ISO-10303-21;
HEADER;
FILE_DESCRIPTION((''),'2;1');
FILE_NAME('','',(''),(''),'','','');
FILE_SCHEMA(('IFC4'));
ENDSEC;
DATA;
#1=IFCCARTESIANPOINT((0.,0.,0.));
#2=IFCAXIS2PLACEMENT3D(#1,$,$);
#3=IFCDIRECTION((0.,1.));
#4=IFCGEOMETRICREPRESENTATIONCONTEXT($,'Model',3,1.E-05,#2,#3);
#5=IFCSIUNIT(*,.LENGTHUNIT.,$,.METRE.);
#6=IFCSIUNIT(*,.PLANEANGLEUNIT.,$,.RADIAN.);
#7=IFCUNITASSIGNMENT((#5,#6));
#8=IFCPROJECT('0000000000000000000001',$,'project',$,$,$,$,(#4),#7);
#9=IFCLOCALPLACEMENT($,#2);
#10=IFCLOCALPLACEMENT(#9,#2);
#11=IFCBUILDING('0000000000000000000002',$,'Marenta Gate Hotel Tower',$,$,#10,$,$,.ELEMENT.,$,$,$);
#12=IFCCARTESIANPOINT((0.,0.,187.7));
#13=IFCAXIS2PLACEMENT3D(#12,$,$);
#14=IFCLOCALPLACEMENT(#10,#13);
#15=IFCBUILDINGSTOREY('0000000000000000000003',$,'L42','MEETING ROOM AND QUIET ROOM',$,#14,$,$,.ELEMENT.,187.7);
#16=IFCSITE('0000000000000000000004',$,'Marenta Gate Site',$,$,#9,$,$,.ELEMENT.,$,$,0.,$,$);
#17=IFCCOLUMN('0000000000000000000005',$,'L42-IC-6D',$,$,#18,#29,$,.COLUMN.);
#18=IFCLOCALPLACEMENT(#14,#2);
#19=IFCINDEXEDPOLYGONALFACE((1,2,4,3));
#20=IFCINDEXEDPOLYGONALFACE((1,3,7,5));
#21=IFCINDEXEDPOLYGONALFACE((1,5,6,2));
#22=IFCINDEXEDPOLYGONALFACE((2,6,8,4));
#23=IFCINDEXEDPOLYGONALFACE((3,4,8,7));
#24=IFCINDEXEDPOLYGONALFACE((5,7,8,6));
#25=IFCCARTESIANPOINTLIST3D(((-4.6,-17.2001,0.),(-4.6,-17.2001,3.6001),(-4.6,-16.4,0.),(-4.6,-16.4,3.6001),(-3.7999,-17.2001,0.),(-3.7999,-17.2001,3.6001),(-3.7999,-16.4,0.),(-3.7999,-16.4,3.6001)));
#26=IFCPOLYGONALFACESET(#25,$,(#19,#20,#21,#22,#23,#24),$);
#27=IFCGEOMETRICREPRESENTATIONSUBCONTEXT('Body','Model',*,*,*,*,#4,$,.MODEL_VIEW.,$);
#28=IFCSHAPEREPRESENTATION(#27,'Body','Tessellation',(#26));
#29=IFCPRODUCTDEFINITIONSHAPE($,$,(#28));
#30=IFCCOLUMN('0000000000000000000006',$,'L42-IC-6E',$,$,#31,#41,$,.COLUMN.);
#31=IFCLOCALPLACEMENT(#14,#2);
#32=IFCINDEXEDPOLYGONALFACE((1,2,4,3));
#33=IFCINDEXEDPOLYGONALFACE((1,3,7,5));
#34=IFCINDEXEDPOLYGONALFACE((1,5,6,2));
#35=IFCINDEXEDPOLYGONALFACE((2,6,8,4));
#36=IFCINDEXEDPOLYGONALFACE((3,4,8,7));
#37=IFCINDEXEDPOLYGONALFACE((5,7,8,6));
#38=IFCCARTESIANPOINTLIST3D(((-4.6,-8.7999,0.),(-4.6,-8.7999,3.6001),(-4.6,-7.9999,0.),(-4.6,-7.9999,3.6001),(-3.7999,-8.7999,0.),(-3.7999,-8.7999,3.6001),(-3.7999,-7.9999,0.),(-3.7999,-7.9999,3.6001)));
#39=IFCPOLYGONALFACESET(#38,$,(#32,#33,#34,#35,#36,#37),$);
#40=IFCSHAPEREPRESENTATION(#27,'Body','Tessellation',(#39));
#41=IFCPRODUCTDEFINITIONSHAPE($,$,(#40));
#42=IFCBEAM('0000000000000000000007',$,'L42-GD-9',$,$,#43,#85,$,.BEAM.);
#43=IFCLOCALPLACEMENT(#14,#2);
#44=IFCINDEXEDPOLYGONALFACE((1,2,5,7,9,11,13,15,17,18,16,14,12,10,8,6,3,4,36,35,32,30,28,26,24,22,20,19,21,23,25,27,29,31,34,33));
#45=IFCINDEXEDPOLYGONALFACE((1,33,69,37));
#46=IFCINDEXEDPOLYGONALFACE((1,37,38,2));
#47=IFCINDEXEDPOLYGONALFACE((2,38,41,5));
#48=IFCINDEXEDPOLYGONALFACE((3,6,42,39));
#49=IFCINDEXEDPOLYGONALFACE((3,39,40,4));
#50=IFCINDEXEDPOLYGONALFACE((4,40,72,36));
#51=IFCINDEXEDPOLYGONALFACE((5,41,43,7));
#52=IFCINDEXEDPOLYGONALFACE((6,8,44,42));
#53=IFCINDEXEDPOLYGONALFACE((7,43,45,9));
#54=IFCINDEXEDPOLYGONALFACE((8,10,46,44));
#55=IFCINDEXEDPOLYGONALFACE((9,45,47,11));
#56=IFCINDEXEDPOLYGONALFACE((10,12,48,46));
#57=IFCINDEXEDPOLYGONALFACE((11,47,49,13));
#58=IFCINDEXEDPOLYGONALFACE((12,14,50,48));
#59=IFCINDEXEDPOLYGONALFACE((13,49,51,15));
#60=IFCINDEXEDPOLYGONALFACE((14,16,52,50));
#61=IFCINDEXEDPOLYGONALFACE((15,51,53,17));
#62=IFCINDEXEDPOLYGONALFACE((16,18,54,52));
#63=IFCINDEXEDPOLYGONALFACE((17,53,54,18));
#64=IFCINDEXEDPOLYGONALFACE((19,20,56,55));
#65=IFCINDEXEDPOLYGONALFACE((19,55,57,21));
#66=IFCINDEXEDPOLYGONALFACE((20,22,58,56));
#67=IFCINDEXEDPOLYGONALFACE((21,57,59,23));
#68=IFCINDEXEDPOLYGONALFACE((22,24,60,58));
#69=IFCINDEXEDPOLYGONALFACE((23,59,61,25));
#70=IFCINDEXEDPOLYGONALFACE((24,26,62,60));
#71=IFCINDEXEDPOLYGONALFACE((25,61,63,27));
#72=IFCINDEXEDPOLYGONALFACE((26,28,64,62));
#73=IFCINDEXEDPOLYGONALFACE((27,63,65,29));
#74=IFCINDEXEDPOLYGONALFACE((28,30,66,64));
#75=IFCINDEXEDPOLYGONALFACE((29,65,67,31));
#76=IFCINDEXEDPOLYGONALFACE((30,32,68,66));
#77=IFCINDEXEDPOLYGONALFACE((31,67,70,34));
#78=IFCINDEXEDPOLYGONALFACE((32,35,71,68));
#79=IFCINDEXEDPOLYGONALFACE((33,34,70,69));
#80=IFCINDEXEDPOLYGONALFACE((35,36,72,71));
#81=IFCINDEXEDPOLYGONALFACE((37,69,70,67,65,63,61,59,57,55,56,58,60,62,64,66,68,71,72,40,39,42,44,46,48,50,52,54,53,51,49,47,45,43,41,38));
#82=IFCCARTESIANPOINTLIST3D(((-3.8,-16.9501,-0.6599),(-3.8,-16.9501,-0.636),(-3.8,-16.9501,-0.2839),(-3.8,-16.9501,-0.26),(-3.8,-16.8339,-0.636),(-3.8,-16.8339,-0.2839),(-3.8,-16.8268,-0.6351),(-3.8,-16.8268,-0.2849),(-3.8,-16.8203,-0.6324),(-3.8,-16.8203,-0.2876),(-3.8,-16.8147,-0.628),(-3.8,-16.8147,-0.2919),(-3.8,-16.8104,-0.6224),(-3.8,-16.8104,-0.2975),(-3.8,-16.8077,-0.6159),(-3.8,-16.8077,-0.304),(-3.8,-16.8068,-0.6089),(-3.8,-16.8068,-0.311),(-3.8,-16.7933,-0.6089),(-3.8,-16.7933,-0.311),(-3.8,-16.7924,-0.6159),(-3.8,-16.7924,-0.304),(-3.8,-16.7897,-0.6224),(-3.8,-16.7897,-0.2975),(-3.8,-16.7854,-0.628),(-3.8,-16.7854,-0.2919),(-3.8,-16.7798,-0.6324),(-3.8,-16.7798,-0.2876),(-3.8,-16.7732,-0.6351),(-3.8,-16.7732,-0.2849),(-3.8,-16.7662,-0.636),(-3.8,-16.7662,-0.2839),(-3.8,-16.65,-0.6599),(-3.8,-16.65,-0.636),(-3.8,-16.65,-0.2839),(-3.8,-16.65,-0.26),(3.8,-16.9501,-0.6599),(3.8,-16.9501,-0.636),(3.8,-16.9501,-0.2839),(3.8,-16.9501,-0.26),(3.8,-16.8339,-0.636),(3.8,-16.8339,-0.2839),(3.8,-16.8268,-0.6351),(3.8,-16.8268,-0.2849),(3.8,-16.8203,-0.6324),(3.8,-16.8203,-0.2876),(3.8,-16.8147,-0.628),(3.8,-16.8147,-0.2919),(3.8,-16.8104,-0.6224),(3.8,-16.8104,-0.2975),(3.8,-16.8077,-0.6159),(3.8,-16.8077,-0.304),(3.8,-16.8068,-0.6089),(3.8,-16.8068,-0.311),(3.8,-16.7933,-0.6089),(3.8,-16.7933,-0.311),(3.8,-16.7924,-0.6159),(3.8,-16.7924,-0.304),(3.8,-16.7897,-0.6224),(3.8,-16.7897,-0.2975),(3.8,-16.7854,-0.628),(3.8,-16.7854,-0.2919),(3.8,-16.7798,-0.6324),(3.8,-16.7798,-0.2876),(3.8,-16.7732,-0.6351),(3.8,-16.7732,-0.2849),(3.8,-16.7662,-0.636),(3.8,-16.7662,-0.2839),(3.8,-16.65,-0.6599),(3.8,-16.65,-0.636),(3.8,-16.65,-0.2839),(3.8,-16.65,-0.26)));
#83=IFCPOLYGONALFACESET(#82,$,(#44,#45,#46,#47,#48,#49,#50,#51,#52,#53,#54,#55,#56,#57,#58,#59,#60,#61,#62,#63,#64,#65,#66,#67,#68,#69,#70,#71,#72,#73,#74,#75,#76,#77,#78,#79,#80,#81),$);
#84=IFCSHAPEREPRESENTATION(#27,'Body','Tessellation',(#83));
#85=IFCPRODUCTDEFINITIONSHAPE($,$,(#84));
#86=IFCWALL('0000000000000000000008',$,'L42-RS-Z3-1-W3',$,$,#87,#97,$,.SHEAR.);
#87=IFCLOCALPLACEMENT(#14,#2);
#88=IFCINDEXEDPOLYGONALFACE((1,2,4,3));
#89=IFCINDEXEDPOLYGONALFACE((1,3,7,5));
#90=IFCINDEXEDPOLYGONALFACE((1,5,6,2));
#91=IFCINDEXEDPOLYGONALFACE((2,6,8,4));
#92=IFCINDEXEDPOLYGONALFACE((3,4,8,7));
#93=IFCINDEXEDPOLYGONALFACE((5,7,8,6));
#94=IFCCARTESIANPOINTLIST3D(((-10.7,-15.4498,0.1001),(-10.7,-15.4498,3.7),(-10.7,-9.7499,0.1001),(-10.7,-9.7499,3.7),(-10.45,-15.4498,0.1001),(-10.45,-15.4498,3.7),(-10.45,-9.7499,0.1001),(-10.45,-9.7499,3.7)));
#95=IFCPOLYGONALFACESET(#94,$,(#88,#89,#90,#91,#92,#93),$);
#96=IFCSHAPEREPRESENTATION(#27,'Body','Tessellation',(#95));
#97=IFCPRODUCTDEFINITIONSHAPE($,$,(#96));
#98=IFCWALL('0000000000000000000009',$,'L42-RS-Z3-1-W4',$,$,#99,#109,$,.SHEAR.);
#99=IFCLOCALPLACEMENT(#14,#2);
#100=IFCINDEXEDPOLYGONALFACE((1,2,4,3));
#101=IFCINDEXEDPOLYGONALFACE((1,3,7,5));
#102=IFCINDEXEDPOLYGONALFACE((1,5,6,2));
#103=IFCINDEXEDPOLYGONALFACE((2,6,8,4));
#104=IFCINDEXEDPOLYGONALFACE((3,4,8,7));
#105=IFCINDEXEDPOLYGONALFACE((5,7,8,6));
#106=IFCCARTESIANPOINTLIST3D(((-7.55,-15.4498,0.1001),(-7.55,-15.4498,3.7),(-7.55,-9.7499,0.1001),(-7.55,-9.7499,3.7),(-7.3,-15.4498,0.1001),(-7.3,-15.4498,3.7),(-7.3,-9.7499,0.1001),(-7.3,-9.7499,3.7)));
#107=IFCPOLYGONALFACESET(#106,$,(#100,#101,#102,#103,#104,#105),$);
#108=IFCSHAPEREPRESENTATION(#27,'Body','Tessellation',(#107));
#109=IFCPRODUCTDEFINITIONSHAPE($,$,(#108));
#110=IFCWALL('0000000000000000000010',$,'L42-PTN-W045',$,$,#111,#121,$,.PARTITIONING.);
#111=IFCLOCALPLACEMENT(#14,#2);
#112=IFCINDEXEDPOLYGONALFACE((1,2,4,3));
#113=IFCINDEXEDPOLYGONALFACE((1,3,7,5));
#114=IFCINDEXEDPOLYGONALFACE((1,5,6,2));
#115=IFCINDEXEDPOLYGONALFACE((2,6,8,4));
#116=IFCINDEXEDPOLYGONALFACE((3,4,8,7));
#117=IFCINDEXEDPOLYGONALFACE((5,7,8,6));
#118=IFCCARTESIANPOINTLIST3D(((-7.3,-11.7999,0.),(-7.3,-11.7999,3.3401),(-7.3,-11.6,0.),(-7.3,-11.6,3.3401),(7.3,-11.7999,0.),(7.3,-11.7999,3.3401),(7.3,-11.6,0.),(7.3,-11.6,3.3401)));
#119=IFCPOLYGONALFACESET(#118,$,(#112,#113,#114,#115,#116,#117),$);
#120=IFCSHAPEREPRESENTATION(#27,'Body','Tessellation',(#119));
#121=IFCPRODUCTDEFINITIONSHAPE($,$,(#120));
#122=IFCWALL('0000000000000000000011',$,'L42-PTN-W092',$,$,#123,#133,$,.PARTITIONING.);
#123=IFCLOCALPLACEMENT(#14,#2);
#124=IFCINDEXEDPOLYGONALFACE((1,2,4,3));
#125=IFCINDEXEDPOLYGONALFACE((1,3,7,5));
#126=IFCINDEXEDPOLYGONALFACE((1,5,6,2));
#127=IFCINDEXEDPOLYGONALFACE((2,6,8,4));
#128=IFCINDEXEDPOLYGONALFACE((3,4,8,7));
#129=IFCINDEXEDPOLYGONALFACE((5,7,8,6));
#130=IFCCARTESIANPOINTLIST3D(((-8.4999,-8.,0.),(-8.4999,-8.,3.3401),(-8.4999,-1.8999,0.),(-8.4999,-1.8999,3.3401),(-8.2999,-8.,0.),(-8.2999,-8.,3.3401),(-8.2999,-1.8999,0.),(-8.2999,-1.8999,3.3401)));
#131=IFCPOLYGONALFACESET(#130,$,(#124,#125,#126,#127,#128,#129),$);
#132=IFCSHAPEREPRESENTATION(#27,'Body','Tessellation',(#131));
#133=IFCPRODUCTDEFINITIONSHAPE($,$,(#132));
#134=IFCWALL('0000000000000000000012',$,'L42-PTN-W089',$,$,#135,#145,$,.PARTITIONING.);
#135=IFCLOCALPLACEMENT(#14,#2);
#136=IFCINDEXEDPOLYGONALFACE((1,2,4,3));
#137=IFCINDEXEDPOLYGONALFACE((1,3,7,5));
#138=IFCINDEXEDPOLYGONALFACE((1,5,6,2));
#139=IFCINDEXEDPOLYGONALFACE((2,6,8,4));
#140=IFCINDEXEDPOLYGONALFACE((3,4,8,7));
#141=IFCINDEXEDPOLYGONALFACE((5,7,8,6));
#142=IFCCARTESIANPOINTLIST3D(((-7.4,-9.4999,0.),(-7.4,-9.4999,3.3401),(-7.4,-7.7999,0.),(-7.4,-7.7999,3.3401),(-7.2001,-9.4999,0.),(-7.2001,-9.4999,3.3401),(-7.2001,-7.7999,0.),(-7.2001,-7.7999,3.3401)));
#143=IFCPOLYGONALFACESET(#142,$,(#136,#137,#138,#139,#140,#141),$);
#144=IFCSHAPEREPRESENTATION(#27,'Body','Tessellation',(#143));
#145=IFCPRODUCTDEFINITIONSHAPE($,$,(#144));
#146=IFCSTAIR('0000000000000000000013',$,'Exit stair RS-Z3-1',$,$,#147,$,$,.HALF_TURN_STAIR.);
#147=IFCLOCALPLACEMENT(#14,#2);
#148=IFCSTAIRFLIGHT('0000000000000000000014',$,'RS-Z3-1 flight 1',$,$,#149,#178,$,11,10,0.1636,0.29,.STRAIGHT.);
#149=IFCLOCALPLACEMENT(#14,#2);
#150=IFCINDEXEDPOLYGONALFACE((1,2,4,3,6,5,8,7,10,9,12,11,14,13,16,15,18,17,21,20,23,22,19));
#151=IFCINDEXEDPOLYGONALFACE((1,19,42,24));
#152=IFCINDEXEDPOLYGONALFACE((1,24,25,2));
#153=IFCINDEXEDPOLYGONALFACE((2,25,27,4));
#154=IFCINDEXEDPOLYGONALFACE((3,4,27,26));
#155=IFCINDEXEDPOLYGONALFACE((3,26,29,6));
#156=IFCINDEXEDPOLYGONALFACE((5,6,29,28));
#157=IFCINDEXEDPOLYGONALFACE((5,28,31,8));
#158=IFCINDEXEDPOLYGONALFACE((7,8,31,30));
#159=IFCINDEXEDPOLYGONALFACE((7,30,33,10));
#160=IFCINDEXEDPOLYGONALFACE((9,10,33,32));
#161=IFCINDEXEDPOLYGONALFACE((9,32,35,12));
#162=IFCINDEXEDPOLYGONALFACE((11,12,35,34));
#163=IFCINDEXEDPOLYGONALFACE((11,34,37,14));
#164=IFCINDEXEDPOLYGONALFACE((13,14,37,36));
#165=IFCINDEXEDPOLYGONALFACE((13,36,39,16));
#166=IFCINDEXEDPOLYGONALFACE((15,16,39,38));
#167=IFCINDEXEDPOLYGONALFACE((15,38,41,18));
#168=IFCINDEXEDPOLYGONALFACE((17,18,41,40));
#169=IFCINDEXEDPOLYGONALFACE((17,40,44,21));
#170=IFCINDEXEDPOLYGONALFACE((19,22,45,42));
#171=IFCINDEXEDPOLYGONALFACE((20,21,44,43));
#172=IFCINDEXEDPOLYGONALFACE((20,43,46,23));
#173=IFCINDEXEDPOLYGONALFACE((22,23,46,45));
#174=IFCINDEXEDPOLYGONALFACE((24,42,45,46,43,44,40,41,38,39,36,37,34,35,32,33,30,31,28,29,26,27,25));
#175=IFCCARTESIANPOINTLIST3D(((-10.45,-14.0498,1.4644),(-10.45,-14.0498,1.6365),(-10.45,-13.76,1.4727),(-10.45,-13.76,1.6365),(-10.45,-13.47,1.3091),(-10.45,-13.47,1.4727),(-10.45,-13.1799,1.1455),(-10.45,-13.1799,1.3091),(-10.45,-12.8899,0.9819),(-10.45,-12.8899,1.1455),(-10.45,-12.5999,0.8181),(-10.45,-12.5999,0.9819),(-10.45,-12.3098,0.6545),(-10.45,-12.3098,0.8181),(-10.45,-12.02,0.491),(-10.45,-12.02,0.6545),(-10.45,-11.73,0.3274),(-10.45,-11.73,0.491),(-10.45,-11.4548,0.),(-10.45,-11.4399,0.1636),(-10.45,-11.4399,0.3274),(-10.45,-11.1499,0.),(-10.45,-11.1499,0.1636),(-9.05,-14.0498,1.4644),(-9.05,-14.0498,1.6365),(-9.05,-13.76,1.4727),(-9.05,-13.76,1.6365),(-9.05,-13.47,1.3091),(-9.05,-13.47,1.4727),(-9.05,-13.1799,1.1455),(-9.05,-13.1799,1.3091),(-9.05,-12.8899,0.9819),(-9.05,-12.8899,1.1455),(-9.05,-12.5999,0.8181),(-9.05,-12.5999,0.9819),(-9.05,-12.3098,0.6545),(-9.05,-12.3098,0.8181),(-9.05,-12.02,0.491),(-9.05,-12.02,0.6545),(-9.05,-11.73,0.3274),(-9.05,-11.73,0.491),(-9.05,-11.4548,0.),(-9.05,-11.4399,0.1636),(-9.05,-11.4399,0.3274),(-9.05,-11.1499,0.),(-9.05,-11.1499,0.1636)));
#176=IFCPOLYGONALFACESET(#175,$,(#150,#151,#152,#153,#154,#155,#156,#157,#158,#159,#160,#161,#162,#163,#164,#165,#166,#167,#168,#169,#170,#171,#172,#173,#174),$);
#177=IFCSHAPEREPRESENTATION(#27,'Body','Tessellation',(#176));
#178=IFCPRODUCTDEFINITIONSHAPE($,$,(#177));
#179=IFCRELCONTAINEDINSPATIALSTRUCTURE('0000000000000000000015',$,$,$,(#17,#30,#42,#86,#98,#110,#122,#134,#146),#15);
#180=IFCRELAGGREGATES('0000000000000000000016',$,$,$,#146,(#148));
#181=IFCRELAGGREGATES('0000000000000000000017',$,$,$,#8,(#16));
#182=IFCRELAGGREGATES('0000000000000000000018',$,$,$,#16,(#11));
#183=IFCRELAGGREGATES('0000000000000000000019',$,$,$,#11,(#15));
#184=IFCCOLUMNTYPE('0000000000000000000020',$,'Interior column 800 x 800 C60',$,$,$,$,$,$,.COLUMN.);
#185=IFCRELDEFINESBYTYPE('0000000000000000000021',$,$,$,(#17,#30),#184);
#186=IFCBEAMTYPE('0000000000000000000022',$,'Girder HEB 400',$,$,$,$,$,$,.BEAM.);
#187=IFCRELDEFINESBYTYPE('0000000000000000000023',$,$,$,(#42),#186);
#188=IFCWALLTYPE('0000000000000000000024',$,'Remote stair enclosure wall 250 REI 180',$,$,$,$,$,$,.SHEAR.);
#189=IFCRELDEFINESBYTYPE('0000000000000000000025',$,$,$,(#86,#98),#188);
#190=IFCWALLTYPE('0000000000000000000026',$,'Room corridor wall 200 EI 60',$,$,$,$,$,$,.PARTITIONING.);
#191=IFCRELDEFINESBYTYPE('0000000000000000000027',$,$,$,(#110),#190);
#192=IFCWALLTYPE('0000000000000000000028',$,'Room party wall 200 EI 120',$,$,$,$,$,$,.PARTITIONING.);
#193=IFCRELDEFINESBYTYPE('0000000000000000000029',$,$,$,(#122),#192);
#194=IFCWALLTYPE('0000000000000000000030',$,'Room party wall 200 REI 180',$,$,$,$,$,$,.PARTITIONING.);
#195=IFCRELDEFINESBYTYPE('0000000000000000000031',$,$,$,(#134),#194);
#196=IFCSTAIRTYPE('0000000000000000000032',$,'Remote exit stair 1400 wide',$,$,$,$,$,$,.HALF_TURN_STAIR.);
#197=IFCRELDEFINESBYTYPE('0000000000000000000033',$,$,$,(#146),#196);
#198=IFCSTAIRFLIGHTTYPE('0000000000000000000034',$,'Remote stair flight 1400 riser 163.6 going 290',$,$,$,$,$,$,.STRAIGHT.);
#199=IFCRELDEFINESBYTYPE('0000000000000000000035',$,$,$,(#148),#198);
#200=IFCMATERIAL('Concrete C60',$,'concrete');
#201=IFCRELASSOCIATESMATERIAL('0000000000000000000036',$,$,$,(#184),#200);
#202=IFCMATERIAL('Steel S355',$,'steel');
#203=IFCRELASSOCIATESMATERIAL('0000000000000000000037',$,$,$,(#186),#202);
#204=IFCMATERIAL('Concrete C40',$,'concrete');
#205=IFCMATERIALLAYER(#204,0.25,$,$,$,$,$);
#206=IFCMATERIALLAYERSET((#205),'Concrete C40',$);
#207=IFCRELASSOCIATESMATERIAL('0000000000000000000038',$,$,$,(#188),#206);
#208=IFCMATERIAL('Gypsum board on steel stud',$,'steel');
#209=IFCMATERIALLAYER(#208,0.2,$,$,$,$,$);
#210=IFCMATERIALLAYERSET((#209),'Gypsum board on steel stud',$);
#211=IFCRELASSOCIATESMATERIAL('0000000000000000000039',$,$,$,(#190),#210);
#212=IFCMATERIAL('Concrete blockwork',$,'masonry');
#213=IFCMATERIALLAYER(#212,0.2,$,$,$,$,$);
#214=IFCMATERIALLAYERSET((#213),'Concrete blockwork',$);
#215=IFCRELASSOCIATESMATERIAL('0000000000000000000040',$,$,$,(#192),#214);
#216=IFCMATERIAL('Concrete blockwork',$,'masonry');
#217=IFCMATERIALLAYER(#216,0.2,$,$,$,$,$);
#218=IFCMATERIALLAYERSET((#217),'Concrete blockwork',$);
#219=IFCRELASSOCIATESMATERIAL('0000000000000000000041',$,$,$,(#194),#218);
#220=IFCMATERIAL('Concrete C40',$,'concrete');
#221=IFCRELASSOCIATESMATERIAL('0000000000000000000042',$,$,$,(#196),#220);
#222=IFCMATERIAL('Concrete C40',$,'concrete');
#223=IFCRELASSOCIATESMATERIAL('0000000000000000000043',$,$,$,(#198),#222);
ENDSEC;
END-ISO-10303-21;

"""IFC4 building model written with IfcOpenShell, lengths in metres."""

from ifc_helpers import new_model, si_unit, direction, frame, frame_2d, origin, origin_2d, place, context, subcontext, project, spatial, polyline, rectangle, i_section, outline, extrude, material, layer, layer_set, material_profile, profile_set, type_object, element, aggregate, save


model = new_model("IFC4")

# Units and contexts
model_context = context("Model", 3, precision=1e-05, world=origin(), true_north=direction((0.0, 1.0)))
body_context = subcontext(model_context, "Body", "Model", "MODEL_VIEW")
ifc_project = project(units=[si_unit("LENGTHUNIT", "METRE"), si_unit("PLANEANGLEUNIT", "RADIAN")], contexts=[model_context])

# Site, building, storey
site_placement = place(None, origin())
site = spatial("IfcSite", under=ifc_project, at=site_placement, Name="Marenta Gate Site", CompositionType="ELEMENT", RefElevation=0.0)
building_placement = place(site_placement, origin())
building = spatial("IfcBuilding", under=site, at=building_placement, Name="Marenta Gate Hotel Tower", CompositionType="ELEMENT")
storey_placement = place(building_placement, frame((0.0, 0.0, 187.7)))
storey = spatial("IfcBuildingStorey", under=building, at=storey_placement, Name="L42", Description="MEETING ROOM AND QUIET ROOM", CompositionType="ELEMENT", Elevation=187.7)

# Columns
ifc_material_1 = material(Name="Concrete C60", Category="concrete")
ifc_material_profile_1 = material_profile(ifc_material_1, rectangle(XDim=0.8, YDim=0.8, at=origin_2d()), Name="800 x 800")
ifc_profile_set_1 = profile_set([ifc_material_profile_1], Name="Concrete C60")
column_type = type_object("IfcColumnType", Name="Interior column 800 x 800 C60", PredefinedType="COLUMN", material=ifc_profile_set_1)
for number, where, z_axis, x_axis, name in (
    (1, (-4.2, -16.8, 0.0), (0.0, 0.0, 1.0), (1.0, 0.0, 0.0), "L42-IC-6D"),
    (2, (-4.2, -8.3999, 0.0), (0.0, 0.0, 1.0), (1.0, 0.0, 0.0), "L42-IC-6E"),
):
    element("IfcColumn", number, at=place(storey_placement, frame(where, z_axis=z_axis, x_axis=x_axis)), inside=storey, type_object=column_type, Name=name, PredefinedType="COLUMN", context=body_context, shape_type="SweptSolid", body=[
        extrude(rectangle(XDim=0.8, YDim=0.8, at=origin_2d()), origin(), (0.0, 0.0, 1.0), 3.6001),
    ])

# Beam
ifc_material_2 = material(Name="Steel S355", Category="steel")
ifc_material_profile_2 = material_profile(ifc_material_2, i_section(OverallWidth=0.3, OverallDepth=0.3999, WebThickness=0.0134, FlangeThickness=0.0239, FilletRadius=0.0271, at=origin_2d()), Name="HEB 400")
ifc_profile_set_2 = profile_set([ifc_material_profile_2], Name="Steel S355")
beam_type = type_object("IfcBeamType", Name="Girder HEB 400", PredefinedType="BEAM", material=ifc_profile_set_2)
beam_placement = place(storey_placement, frame((-3.8, -16.8, -0.46), z_axis=(1.0, 0.0, 0.0), x_axis=(0.0, 1.0, 0.0)))
element("IfcBeam", 3, at=beam_placement, inside=storey, type_object=beam_type, Name="L42-GD-9", PredefinedType="BEAM", context=body_context, shape_type="SweptSolid", body=[
    extrude(i_section(OverallWidth=0.3, OverallDepth=0.3999, WebThickness=0.0134, FlangeThickness=0.0239, FilletRadius=0.0271, at=origin_2d()), origin(), (0.0, 0.0, 1.0), 7.6001),
])

# Walls
ifc_material_3 = material(Name="Concrete C40", Category="concrete")
ifc_layer_1 = layer(ifc_material_3, 0.25)
ifc_layer_set_1 = layer_set([ifc_layer_1], Name="Concrete C40")
wall_type_1 = type_object("IfcWallType", Name="Remote stair enclosure wall 250 REI 180", PredefinedType="SHEAR", material=ifc_layer_set_1)
for number, where, z_axis, x_axis, name in (
    (4, (-10.575, -15.45, 0.1001), (0.0, 0.0, 1.0), (0.0, 1.0, 0.0), "L42-RS-Z3-1-W3"),
    (5, (-7.425, -15.45, 0.1001), (0.0, 0.0, 1.0), (0.0, 1.0, 0.0), "L42-RS-Z3-1-W4"),
):
    element("IfcWall", number, at=place(storey_placement, frame(where, z_axis=z_axis, x_axis=x_axis)), inside=storey, type_object=wall_type_1, Name=name, PredefinedType="SHEAR", context=body_context, shape_type="SweptSolid", body=[
        extrude(rectangle(XDim=5.7, YDim=0.25, at=frame_2d((2.8501, 0.0))), origin(), (0.0, 0.0, 1.0), 3.5999),
    ])

# Shared definitions
ifc_material_4 = material(Name="Gypsum board on steel stud", Category="steel")
ifc_layer_2 = layer(ifc_material_4, 0.2)
ifc_layer_set_2 = layer_set([ifc_layer_2], Name="Gypsum board on steel stud")
wall_type_2 = type_object("IfcWallType", Name="Room corridor wall 200 EI 60", PredefinedType="PARTITIONING", material=ifc_layer_set_2)

# Wall
wall_1_placement = place(storey_placement, frame((-7.3, -11.7, 0.0), z_axis=(0.0, 0.0, 1.0), x_axis=(1.0, 0.0, 0.0)))
element("IfcWall", 6, at=wall_1_placement, inside=storey, type_object=wall_type_2, Name="L42-PTN-W045", PredefinedType="PARTITIONING", context=body_context, shape_type="SweptSolid", body=[
    extrude(rectangle(XDim=14.6001, YDim=0.2, at=frame_2d((7.3, 0.0))), origin(), (0.0, 0.0, 1.0), 3.3401),
])

# Walls
ifc_material_5 = material(Name="Concrete blockwork", Category="masonry")
ifc_layer_3 = layer(ifc_material_5, 0.2)
ifc_layer_set_3 = layer_set([ifc_layer_3], Name="Concrete blockwork")
wall_type_3 = type_object("IfcWallType", Name="Room party wall 200 EI 120", PredefinedType="PARTITIONING", material=ifc_layer_set_3)
wall_2_placement = place(storey_placement, frame((-8.3999, -8.0, 0.0), z_axis=(0.0, 0.0, 1.0), x_axis=(0.0, 1.0, 0.0)))
element("IfcWall", 7, at=wall_2_placement, inside=storey, type_object=wall_type_3, Name="L42-PTN-W092", PredefinedType="PARTITIONING", context=body_context, shape_type="SweptSolid", body=[
    extrude(rectangle(XDim=6.1001, YDim=0.2, at=frame_2d((3.05, 0.0))), origin(), (0.0, 0.0, 1.0), 3.3401),
])
ifc_material_6 = material(Name="Concrete blockwork", Category="masonry")
ifc_layer_4 = layer(ifc_material_6, 0.2)
ifc_layer_set_4 = layer_set([ifc_layer_4], Name="Concrete blockwork")
wall_type_4 = type_object("IfcWallType", Name="Room party wall 200 REI 180", PredefinedType="PARTITIONING", material=ifc_layer_set_4)
wall_3_placement = place(storey_placement, frame((-7.3, -9.5, 0.0), z_axis=(0.0, 0.0, 1.0), x_axis=(0.0, 1.0, 0.0)))
element("IfcWall", 8, at=wall_3_placement, inside=storey, type_object=wall_type_4, Name="L42-PTN-W089", PredefinedType="PARTITIONING", context=body_context, shape_type="SweptSolid", body=[
    extrude(rectangle(XDim=1.7, YDim=0.2, at=frame_2d((0.8501, 0.0))), origin(), (0.0, 0.0, 1.0), 3.3401),
])

# Stair, stair flight
ifc_material_7 = material(Name="Concrete C40", Category="concrete")
stair_type = type_object("IfcStairType", Name="Remote exit stair 1400 wide", PredefinedType="HALF_TURN_STAIR", material=ifc_material_7)
stair_placement = place(storey_placement, origin())
stair = element("IfcStair", 9, at=stair_placement, inside=storey, type_object=stair_type, Name="Exit stair RS-Z3-1", PredefinedType="HALF_TURN_STAIR")
ifc_material_8 = material(Name="Concrete C40", Category="concrete")
stair_flight_type = type_object("IfcStairFlightType", Name="Remote stair flight 1400 riser 163.6 going 290", PredefinedType="STRAIGHT", material=ifc_material_8)
stair_flight_1_placement = place(storey_placement, frame((-9.75, -11.1499, 0.0), z_axis=(0.0, 0.0, 1.0), x_axis=(0.0, -1.0, 0.0)))
stair_flight_1 = element("IfcStairFlight", 10, at=stair_flight_1_placement, type_object=stair_flight_type, Name="RS-Z3-1 flight 1", NumberOfRisers=11, NumberOfTreads=10, PredefinedType="STRAIGHT", RiserHeight=0.1636, TreadLength=0.29, context=body_context, shape_type="SweptSolid", body=[
    extrude(outline(polyline([(0.0, 0.0), (0.0, 0.1636), (0.29, 0.1636), (0.29, 0.3274), (0.5801, 0.3274), (0.5801, 0.491), (0.8701, 0.491), (0.8701, 0.6545), (1.1599, 0.6545), (1.1599, 0.8181), (1.45, 0.8181), (1.45, 0.9819), (1.74, 0.9819), (1.74, 1.1455), (2.03, 1.1455), (2.03, 1.3091), (2.3201, 1.3091), (2.3201, 1.4727), (2.6101, 1.4727), (2.6101, 1.6365), (2.8999, 1.6365), (2.8999, 1.8), (2.8999, 1.4644), (0.3049, 0.0), (0.0, 0.0)])), frame((0.0, 0.7, 0.0), z_axis=(0.0, -1.0, 0.0), x_axis=(1.0, 0.0, 0.0)), (0.0, 0.0, 1.0), 1.3999),
])
aggregate(stair, [stair_flight_1])

save(model, "model.ifc")
